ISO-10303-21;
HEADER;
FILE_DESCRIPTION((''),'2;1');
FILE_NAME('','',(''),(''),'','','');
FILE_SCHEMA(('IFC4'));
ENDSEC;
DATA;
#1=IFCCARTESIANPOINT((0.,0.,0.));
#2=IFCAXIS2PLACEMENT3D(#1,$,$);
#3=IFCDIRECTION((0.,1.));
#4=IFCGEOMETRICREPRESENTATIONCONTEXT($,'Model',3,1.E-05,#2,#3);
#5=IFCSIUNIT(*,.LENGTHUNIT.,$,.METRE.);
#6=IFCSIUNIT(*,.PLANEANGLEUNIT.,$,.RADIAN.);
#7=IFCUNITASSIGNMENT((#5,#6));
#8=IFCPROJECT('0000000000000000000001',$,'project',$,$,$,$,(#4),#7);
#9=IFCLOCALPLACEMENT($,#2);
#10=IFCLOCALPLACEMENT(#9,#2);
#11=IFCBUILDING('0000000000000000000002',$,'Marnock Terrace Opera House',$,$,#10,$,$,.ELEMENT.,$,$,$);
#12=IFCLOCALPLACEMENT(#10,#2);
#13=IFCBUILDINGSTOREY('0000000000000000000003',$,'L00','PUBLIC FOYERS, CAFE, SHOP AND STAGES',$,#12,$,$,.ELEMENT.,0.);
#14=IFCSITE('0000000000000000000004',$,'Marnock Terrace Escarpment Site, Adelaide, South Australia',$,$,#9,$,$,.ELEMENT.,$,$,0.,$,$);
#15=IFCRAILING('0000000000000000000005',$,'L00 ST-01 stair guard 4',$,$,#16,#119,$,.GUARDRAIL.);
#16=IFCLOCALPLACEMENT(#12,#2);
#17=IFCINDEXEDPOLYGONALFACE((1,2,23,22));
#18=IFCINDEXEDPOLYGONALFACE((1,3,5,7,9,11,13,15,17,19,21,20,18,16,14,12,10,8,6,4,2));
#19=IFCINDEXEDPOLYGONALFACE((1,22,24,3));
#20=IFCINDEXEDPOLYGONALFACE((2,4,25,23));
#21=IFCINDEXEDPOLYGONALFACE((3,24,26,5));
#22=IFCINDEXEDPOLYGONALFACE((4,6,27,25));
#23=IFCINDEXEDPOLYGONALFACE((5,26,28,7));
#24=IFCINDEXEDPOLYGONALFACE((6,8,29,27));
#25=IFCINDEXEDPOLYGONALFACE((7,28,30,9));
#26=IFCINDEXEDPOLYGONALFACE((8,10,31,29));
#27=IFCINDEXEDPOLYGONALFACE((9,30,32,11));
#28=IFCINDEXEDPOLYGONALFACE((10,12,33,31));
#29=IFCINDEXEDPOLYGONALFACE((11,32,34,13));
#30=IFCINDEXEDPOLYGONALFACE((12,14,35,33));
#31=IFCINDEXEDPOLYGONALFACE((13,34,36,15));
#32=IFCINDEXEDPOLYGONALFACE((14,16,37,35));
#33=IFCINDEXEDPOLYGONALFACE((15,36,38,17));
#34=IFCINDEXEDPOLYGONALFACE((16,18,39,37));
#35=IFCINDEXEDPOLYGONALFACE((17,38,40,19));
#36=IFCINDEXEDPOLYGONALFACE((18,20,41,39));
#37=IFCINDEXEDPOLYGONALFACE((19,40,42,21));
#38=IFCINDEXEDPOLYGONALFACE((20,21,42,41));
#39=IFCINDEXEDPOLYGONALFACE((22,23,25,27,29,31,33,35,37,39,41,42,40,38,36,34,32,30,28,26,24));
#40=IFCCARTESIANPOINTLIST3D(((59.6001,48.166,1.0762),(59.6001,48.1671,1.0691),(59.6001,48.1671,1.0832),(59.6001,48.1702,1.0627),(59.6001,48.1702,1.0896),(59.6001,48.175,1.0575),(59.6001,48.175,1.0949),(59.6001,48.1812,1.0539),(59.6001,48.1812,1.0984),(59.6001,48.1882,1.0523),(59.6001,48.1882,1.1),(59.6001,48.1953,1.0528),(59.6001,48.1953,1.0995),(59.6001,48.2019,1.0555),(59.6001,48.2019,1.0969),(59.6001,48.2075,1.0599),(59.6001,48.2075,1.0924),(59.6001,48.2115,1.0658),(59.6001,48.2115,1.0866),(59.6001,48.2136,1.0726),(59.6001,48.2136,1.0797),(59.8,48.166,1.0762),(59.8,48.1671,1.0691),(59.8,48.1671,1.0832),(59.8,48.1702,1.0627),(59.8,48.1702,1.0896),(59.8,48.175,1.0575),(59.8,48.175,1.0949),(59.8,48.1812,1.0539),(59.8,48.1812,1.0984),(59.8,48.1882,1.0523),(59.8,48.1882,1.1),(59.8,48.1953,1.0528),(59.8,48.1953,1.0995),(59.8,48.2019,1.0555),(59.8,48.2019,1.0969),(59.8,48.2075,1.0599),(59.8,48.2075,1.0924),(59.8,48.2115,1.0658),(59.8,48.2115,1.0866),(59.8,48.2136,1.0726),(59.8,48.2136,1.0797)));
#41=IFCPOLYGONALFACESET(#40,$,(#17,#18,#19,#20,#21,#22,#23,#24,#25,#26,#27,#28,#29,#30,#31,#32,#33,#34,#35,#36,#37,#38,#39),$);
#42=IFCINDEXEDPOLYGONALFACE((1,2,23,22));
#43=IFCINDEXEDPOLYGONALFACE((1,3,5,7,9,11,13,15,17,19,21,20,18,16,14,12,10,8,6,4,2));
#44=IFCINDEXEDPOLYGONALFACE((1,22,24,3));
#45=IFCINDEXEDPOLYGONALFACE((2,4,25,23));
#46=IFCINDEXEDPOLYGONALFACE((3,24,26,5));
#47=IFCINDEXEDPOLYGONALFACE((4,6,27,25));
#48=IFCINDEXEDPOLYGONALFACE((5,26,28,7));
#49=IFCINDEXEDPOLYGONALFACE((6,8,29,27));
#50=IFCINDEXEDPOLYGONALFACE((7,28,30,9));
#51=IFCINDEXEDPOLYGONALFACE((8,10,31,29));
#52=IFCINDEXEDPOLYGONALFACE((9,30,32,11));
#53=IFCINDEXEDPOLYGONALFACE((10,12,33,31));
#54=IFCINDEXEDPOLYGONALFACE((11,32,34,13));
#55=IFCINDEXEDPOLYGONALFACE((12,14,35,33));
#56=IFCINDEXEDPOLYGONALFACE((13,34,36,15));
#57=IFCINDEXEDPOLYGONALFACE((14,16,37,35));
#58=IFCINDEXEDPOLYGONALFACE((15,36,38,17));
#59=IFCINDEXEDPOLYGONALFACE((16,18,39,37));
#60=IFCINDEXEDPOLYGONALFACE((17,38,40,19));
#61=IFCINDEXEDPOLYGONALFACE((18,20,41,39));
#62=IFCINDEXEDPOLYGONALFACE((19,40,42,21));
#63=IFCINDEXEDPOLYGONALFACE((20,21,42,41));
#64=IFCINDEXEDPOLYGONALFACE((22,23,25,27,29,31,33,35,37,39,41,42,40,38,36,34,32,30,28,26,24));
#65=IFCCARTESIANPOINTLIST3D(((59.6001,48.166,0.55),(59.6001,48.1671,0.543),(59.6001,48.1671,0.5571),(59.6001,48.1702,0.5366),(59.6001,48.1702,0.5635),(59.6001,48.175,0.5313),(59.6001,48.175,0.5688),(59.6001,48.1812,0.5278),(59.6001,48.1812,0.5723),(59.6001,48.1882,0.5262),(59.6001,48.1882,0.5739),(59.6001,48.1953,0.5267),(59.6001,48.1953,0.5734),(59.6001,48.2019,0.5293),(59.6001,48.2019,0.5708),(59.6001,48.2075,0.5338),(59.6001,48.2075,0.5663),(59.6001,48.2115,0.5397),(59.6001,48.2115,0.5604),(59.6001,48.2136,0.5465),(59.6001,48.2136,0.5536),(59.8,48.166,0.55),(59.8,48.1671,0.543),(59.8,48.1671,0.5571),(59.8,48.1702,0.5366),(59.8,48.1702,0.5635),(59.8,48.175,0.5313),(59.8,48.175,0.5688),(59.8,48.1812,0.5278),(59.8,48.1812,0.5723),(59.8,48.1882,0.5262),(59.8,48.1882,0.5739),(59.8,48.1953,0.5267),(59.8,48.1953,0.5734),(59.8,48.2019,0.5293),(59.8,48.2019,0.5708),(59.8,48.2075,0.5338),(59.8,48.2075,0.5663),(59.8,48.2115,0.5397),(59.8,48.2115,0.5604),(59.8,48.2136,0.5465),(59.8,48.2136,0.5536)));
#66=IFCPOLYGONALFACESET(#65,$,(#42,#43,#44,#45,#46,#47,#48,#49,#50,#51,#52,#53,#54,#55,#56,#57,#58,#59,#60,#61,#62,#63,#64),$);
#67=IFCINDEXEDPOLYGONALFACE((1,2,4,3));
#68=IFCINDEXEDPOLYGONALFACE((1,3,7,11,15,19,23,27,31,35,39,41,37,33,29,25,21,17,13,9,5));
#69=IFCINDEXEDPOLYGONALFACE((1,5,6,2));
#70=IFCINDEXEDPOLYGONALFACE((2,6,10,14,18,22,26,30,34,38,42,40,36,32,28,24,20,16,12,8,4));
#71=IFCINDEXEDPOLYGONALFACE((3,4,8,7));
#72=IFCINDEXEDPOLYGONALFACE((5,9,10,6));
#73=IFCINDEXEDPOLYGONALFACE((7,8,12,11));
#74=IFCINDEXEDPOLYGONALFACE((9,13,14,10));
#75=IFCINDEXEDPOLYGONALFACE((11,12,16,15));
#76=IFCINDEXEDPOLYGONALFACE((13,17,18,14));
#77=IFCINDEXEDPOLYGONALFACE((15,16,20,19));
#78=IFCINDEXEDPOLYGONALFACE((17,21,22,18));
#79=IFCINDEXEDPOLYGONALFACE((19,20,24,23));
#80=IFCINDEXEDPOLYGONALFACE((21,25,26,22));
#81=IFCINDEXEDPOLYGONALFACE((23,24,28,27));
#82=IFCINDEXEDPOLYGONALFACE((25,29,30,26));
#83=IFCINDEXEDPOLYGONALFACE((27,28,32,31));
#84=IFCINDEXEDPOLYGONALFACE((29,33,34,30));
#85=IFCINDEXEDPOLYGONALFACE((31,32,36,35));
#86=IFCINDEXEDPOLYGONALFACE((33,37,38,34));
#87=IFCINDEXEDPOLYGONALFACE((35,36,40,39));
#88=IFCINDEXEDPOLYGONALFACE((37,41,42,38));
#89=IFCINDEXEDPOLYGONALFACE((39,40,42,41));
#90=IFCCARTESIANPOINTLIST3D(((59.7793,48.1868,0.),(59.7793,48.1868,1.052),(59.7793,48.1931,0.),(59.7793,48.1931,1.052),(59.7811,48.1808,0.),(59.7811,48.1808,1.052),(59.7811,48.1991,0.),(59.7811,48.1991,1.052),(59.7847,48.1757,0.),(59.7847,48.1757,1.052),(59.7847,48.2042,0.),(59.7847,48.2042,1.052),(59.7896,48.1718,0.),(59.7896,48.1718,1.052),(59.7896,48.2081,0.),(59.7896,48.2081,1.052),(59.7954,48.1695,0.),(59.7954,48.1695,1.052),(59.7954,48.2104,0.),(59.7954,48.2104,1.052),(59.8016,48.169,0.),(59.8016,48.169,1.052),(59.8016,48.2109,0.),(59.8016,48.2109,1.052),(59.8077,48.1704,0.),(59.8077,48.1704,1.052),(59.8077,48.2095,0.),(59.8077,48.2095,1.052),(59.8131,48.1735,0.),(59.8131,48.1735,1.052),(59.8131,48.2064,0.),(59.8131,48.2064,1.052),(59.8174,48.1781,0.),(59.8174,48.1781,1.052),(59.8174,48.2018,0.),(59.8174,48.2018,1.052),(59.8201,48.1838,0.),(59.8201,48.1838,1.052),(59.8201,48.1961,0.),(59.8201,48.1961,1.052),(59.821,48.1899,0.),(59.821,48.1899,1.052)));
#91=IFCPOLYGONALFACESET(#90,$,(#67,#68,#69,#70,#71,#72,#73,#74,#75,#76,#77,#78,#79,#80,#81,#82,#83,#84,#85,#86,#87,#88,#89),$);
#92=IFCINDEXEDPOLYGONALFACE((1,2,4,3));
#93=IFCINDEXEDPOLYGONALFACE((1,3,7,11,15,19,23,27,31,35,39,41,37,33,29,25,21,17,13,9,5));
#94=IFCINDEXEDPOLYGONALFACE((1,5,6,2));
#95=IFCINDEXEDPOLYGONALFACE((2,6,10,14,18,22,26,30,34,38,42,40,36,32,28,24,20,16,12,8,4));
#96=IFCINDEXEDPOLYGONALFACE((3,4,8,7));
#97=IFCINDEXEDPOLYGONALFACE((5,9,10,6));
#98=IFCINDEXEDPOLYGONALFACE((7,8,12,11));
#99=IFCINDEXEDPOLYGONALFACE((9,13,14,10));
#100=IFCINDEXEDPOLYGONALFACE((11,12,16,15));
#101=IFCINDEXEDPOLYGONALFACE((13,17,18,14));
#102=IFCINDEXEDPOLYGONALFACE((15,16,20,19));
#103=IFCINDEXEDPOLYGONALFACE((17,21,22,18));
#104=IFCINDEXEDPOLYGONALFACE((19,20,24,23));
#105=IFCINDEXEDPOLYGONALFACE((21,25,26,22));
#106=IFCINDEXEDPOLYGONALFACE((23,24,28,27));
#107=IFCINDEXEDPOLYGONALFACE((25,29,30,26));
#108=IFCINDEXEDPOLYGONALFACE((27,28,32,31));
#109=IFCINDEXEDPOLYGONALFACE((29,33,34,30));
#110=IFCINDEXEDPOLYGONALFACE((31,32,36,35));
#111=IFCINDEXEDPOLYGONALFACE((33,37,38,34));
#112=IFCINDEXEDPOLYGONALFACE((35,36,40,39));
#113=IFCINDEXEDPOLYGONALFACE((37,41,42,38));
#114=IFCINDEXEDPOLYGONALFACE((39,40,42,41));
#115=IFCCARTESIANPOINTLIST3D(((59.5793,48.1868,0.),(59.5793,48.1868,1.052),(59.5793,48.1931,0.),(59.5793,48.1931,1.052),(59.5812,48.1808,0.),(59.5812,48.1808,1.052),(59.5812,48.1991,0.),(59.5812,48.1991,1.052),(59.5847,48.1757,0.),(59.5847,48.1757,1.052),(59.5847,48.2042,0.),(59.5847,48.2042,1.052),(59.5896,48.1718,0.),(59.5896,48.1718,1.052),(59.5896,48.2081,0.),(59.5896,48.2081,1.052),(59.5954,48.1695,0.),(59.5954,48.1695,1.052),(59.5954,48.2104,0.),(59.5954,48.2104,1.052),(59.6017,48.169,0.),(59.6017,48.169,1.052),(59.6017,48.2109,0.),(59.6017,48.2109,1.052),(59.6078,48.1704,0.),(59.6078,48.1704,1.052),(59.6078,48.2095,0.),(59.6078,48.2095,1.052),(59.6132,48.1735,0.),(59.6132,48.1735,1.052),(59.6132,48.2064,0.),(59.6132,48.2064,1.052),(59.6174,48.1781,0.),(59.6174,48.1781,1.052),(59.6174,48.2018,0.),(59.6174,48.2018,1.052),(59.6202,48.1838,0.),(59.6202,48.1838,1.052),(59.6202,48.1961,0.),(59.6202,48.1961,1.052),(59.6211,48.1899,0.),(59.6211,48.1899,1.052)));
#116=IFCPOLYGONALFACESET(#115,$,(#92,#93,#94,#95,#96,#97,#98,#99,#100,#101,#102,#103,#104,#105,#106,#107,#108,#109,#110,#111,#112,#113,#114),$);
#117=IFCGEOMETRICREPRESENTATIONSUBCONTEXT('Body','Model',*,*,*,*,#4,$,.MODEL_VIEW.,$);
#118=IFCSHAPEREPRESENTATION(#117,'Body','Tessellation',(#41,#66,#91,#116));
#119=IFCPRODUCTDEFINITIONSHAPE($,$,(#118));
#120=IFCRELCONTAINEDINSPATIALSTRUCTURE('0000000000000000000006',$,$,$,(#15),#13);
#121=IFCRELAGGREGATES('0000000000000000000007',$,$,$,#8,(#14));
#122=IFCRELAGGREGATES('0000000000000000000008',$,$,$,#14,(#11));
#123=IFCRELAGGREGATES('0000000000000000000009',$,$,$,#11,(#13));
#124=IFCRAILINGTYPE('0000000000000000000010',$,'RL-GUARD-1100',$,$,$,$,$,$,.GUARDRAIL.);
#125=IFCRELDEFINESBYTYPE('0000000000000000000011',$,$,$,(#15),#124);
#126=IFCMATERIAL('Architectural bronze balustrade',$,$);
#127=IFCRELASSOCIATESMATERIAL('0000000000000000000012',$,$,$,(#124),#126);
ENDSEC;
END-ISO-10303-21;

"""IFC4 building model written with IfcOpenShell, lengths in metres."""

from ifc_helpers import new_model, si_unit, direction, frame, origin, origin_2d, place, context, subcontext, project, spatial, circle, extrude, material, type_object, element, save


model = new_model("IFC4")

# Units and contexts
model_context = context("Model", 3, precision=1e-05, world=origin(), true_north=direction((0.0, 1.0)))
body_context = subcontext(model_context, "Body", "Model", "MODEL_VIEW")
ifc_project = project(units=[si_unit("LENGTHUNIT", "METRE"), si_unit("PLANEANGLEUNIT", "RADIAN")], contexts=[model_context])

# Site, building, storey
site_placement = place(None, origin())
site = spatial("IfcSite", under=ifc_project, at=site_placement, Name="Marnock Terrace Escarpment Site, Adelaide, South Australia", CompositionType="ELEMENT", RefElevation=0.0)
building_placement = place(site_placement, origin())
building = spatial("IfcBuilding", under=site, at=building_placement, Name="Marnock Terrace Opera House", CompositionType="ELEMENT")
storey_placement = place(building_placement, origin())
storey = spatial("IfcBuildingStorey", under=building, at=storey_placement, Name="L00", Description="PUBLIC FOYERS, CAFE, SHOP AND STAGES", CompositionType="ELEMENT", Elevation=0.0)

# Railing
ifc_material_1 = material(Name="Architectural bronze balustrade")
railing_type_1 = type_object("IfcRailingType", Name="RL-GUARD-1100", PredefinedType="GUARDRAIL", material=ifc_material_1)
railing_1_placement = place(storey_placement, frame((59.8, 48.1899, 0.0)))
element("IfcRailing", 1, at=railing_1_placement, inside=storey, type_object=railing_type_1, Name="L00 ST-01 stair guard 4", PredefinedType="GUARDRAIL", context=body_context, shape_type="SweptSolid", body=[
    extrude(circle(Radius=0.0239, at=origin_2d()), frame((0.0, 0.0, 1.0762), z_axis=(-1.0, 0.0, 0.0), x_axis=(0.0, -1.0, 0.0)), (0.0, 0.0, 1.0), 0.2),
    extrude(circle(Radius=0.0239, at=origin_2d()), frame((0.0, 0.0, 0.55), z_axis=(-1.0, 0.0, 0.0), x_axis=(0.0, -1.0, 0.0)), (0.0, 0.0, 1.0), 0.2),
    extrude(circle(Radius=0.021, at=origin_2d()), origin(), (0.0, 0.0, 1.0), 1.052),
    extrude(circle(Radius=0.021, at=origin_2d()), frame((-0.2, 0.0, 0.0)), (0.0, 0.0, 1.0), 1.052),
])

save(model, "model.ifc")
